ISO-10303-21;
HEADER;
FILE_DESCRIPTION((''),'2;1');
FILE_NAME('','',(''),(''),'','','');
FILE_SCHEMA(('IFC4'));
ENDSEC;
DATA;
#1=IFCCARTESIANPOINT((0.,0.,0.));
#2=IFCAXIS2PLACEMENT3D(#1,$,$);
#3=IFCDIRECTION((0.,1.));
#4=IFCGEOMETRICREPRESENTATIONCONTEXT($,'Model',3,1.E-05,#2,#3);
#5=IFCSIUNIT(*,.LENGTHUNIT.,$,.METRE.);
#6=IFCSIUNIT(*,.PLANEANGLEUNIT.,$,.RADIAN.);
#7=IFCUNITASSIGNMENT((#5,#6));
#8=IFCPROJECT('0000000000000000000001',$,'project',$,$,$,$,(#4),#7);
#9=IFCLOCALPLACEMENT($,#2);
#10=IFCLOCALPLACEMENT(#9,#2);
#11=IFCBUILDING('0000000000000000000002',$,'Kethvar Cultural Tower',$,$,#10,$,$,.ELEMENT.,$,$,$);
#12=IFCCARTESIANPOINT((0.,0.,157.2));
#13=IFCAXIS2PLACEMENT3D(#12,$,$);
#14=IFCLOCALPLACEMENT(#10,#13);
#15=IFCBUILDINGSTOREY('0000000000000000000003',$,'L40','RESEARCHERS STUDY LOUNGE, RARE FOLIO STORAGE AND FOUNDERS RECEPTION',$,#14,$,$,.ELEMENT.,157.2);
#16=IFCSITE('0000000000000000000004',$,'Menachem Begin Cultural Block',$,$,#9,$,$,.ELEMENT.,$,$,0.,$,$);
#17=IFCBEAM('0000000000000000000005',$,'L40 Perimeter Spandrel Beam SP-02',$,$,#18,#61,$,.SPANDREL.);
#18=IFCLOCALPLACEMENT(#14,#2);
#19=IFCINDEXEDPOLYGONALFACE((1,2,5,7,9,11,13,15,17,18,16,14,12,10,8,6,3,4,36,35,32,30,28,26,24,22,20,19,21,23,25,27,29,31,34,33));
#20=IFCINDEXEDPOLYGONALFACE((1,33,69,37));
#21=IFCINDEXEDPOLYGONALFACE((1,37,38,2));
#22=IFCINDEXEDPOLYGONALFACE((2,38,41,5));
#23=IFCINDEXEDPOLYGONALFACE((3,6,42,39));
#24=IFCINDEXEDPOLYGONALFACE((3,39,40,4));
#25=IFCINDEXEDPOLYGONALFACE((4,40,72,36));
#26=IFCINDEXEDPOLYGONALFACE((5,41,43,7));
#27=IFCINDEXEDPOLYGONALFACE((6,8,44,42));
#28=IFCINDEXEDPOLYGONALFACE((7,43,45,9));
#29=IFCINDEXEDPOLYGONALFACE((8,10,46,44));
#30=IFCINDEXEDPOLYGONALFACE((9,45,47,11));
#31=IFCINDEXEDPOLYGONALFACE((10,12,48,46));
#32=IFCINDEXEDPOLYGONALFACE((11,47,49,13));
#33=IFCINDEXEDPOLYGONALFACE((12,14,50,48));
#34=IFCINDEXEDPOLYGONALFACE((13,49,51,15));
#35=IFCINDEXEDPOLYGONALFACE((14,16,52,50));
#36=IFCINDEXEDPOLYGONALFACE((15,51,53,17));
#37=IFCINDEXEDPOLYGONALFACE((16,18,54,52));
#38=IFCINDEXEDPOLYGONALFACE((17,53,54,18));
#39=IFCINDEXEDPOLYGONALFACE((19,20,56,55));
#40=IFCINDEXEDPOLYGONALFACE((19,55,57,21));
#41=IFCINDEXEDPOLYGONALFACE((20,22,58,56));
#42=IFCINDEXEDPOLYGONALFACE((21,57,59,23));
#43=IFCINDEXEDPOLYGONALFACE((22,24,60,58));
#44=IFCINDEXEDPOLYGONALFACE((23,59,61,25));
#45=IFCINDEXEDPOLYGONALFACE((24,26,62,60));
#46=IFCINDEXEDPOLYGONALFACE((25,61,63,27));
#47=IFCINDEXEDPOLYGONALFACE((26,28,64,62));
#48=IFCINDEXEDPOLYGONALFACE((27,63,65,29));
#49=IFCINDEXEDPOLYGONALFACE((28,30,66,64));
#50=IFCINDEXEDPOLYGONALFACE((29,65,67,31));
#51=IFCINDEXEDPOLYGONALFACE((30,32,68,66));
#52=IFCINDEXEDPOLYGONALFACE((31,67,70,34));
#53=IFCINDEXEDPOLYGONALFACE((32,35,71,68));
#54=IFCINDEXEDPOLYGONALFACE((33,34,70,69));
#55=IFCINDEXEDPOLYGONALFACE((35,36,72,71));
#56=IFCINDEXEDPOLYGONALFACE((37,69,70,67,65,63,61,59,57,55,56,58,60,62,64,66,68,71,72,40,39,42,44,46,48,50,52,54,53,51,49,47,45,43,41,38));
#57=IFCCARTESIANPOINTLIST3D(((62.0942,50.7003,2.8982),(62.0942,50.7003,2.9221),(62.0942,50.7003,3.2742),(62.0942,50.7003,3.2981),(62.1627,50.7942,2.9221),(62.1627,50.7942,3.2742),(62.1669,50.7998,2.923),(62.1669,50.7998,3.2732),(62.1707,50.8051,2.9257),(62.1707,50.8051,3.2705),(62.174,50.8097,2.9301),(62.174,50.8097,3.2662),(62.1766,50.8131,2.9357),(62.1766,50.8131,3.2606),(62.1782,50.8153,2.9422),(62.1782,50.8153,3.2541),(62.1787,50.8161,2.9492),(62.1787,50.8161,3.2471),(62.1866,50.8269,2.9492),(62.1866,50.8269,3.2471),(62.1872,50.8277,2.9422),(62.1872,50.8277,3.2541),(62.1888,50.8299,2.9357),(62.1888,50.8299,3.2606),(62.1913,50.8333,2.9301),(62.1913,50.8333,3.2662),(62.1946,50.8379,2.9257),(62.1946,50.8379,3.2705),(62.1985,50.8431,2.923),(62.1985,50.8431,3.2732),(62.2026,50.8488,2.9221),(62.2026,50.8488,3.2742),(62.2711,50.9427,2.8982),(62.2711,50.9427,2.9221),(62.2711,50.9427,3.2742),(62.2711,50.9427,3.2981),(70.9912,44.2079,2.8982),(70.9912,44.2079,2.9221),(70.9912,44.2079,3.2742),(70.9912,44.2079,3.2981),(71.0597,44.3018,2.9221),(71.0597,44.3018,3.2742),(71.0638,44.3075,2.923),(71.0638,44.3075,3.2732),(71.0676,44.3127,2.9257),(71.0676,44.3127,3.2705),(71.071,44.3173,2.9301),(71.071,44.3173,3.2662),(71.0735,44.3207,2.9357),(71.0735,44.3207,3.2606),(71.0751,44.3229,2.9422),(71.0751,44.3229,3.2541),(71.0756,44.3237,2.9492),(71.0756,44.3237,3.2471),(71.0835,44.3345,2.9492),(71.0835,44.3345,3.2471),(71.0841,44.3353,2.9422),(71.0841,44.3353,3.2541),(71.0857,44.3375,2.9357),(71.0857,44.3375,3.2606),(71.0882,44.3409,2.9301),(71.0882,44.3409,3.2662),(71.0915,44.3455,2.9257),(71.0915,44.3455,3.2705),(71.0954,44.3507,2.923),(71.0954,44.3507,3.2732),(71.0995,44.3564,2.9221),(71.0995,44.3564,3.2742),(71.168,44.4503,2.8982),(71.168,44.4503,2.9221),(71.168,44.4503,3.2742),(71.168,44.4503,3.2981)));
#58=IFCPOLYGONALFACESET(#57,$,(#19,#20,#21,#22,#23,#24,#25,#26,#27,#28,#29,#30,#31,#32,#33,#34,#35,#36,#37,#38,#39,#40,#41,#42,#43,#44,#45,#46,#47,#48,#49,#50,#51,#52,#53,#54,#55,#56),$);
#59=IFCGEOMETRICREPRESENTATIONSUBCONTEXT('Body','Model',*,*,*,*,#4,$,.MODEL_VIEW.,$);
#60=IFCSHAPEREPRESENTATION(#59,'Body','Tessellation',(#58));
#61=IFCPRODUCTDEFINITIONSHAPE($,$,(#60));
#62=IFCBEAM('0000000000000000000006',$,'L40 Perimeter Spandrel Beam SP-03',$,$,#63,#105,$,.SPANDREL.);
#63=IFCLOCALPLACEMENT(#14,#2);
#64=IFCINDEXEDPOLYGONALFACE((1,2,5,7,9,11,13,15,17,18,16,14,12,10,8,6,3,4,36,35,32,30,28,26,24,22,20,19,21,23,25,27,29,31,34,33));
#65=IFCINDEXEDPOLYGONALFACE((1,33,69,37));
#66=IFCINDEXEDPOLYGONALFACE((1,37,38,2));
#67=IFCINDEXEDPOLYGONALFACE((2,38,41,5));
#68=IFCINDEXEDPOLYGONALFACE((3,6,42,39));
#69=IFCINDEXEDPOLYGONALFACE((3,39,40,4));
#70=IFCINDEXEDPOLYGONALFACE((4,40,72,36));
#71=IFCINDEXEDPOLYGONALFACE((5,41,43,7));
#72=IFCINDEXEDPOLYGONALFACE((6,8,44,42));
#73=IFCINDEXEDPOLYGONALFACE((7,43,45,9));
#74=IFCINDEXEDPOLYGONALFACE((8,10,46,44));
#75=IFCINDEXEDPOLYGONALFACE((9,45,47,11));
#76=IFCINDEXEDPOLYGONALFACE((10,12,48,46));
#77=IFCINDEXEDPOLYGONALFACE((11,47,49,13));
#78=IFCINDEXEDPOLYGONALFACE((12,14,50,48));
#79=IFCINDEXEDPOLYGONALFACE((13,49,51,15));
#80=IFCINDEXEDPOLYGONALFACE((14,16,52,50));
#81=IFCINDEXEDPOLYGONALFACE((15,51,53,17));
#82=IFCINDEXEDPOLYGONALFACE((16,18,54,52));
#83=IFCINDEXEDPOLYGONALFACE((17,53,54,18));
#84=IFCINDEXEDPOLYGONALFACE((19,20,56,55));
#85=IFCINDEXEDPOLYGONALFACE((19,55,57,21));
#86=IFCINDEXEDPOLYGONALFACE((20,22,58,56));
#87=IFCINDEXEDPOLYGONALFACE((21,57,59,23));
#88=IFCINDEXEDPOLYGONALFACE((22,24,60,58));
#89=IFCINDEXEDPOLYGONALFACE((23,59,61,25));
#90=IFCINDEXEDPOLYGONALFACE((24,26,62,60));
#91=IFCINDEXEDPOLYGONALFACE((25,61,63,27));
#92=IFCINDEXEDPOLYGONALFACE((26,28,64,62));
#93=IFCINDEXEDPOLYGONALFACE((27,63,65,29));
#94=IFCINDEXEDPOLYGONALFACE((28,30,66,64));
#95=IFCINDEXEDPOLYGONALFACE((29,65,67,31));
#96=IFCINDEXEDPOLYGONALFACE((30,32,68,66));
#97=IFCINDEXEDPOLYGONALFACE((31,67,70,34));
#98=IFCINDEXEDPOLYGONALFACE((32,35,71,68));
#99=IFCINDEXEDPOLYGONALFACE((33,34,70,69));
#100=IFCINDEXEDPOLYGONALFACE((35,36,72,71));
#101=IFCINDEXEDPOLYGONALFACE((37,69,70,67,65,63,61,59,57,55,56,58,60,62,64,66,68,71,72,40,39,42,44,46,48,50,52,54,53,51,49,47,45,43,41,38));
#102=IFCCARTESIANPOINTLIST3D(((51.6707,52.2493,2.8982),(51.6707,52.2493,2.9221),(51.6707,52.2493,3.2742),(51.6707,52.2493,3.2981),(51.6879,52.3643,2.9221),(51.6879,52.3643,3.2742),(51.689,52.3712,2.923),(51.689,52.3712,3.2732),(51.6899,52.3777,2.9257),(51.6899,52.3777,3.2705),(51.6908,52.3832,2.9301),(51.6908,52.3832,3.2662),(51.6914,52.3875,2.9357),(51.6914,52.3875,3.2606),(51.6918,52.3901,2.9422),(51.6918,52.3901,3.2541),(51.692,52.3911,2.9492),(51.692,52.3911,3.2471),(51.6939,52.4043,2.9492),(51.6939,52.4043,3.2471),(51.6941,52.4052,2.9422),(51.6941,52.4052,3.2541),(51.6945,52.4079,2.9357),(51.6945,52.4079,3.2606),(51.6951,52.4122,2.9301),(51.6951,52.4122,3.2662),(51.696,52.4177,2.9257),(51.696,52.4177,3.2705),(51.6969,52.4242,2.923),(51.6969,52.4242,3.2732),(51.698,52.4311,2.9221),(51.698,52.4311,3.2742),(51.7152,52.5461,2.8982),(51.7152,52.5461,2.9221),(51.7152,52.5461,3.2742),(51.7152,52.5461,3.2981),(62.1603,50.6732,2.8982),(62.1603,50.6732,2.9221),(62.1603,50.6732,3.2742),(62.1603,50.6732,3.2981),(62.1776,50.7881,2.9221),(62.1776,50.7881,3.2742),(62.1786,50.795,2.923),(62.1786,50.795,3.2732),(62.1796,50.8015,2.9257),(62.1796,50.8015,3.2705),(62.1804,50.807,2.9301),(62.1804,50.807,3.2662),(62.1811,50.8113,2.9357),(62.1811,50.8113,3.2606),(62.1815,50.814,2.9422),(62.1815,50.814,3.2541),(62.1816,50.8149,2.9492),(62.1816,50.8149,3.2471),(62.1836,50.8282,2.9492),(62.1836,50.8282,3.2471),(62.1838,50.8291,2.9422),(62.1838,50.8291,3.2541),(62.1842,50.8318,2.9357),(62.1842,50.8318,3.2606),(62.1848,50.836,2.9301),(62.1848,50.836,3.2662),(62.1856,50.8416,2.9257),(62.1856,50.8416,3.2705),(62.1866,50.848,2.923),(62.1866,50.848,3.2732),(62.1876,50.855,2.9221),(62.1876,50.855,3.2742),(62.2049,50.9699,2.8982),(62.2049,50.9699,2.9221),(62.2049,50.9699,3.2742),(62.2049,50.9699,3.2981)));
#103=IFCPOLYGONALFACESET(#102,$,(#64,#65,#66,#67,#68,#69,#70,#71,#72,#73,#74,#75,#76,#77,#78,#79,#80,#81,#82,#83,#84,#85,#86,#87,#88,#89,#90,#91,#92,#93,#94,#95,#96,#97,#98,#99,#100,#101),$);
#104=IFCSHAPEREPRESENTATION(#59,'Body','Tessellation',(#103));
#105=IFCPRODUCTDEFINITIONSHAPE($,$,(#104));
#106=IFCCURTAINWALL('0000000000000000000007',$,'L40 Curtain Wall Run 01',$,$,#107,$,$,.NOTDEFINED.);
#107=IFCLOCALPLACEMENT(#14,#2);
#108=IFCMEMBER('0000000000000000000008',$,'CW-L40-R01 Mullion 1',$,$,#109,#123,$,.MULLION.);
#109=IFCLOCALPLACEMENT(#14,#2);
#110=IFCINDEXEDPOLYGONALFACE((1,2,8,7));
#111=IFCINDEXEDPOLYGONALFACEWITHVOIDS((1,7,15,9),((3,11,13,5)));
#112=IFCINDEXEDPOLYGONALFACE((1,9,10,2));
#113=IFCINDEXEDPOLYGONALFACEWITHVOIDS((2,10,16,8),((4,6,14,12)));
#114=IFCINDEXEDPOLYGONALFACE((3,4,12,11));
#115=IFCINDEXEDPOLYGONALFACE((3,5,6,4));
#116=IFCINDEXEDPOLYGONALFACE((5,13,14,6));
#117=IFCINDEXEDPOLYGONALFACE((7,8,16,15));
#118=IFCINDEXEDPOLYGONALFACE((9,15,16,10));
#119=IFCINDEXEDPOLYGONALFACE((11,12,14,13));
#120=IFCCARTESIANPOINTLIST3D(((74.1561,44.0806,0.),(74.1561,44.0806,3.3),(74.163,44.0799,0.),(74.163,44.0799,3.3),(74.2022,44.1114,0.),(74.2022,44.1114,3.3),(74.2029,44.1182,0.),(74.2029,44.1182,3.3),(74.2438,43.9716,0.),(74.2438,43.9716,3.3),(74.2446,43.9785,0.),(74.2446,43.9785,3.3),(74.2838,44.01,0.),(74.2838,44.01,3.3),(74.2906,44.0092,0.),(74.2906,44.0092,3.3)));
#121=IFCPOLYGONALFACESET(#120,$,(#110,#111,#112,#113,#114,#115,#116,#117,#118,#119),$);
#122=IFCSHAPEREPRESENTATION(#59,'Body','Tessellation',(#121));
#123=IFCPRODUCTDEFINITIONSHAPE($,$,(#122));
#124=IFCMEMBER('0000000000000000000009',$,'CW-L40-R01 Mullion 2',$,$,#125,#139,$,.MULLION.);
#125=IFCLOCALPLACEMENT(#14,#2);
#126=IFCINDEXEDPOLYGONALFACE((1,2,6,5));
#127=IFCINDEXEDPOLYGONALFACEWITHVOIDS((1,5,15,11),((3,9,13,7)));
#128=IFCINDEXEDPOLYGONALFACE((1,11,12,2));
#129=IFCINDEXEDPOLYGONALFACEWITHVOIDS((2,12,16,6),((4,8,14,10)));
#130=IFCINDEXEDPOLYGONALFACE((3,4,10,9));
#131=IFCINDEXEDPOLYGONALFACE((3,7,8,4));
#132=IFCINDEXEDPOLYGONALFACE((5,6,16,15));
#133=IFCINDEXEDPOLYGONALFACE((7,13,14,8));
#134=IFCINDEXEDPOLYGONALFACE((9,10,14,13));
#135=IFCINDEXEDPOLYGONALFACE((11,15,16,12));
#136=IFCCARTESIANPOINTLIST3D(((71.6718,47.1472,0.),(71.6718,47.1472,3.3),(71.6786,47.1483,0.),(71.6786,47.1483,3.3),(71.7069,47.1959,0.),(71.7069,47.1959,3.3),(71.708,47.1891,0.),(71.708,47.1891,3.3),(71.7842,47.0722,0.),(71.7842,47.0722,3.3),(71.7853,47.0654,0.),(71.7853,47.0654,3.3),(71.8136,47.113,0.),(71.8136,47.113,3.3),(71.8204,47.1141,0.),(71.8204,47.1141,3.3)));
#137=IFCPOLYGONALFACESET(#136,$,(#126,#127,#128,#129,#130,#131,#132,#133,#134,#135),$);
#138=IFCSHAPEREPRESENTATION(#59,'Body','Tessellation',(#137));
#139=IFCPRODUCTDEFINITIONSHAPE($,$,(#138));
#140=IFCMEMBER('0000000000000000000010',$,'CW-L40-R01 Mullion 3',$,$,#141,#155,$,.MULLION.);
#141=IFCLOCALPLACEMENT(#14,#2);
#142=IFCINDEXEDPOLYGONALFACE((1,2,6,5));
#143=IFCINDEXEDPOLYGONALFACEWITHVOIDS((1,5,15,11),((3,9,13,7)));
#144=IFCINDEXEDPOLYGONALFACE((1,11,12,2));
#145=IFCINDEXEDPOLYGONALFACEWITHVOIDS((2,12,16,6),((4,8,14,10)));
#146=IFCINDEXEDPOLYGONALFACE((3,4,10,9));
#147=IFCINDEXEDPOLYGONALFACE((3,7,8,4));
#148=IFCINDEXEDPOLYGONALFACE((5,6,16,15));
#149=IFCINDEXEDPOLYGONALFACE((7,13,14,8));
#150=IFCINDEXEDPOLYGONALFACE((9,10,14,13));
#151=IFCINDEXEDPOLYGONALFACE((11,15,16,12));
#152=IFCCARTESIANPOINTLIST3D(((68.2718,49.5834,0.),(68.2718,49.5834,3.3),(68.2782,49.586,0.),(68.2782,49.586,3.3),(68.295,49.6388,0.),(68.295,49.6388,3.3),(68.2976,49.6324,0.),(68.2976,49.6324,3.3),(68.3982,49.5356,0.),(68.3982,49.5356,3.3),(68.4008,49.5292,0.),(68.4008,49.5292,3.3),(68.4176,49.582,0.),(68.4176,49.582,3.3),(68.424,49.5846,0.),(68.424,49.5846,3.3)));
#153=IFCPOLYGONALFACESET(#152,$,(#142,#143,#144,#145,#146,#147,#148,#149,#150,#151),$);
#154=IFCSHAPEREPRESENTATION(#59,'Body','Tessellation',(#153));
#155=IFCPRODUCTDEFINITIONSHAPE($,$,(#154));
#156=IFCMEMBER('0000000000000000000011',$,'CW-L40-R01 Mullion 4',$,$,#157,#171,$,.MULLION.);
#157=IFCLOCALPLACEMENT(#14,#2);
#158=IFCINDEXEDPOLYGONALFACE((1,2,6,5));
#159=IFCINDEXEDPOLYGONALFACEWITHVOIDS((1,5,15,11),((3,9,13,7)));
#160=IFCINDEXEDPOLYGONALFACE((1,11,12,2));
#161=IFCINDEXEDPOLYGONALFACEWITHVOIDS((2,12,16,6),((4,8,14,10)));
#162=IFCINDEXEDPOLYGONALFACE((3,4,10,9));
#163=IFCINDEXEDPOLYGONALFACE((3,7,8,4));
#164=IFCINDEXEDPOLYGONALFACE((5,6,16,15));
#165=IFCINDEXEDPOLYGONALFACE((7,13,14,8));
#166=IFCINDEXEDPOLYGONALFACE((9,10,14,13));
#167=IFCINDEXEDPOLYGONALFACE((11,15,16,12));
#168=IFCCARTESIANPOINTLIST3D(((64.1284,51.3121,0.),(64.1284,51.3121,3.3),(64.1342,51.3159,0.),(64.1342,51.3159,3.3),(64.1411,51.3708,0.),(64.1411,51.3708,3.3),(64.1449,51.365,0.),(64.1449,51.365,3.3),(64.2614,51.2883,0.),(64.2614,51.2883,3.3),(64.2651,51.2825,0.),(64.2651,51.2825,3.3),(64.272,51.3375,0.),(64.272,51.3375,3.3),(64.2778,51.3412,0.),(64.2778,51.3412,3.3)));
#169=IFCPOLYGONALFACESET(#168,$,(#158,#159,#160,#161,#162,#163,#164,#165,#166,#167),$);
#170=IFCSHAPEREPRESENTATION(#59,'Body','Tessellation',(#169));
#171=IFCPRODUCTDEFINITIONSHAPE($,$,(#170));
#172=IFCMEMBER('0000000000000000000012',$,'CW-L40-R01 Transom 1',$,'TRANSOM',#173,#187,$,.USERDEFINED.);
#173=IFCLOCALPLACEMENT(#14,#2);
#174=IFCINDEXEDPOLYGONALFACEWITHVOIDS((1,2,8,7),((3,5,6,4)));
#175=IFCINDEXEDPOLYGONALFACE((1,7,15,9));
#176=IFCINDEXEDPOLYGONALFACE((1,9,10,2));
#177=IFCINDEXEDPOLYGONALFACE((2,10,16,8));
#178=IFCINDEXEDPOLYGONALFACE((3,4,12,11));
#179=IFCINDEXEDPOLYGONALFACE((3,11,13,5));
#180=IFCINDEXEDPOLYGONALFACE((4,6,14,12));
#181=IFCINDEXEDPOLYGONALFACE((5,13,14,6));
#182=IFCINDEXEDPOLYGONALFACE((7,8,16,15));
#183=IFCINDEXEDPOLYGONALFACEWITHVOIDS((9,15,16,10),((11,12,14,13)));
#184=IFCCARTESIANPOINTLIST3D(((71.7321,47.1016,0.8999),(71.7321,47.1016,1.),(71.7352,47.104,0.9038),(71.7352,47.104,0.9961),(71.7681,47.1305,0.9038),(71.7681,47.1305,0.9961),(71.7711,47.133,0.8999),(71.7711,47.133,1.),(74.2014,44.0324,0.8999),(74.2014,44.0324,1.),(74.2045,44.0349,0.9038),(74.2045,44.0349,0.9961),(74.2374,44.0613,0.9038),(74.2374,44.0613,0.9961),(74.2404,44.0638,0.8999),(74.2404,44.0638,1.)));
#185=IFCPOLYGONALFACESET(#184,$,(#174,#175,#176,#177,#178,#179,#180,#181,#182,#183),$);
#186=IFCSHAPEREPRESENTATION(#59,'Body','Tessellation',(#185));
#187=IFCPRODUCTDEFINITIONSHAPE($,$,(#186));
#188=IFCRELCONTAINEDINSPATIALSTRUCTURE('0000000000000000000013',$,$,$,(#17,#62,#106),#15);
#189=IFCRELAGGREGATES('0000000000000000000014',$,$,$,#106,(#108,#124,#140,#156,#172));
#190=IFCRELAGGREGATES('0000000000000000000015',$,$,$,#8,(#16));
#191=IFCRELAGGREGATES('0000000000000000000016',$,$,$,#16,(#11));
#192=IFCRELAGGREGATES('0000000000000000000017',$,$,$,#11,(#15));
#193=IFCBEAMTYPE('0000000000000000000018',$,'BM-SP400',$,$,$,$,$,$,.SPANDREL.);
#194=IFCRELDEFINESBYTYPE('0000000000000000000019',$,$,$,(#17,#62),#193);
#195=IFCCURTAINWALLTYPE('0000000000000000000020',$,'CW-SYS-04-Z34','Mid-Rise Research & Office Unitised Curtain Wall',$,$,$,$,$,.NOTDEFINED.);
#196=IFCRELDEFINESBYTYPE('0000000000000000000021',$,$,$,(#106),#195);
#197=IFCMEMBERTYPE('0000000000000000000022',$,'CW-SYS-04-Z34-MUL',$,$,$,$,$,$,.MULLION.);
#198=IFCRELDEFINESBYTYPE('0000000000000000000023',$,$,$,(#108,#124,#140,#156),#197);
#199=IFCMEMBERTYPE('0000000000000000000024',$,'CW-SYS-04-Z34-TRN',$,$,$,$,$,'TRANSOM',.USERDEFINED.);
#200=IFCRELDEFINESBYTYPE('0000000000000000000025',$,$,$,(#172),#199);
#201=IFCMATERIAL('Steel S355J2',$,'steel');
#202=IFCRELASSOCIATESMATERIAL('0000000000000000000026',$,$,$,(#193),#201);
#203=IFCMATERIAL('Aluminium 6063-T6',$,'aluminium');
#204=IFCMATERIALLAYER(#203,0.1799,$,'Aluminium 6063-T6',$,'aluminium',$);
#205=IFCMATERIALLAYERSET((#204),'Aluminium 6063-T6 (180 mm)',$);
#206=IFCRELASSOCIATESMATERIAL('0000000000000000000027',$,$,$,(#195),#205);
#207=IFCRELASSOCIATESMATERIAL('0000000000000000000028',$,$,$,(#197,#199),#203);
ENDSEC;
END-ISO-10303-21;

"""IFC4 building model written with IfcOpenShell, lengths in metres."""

from ifc_helpers import new_model, si_unit, direction, frame, origin, origin_2d, place, context, subcontext, project, spatial, hollow_rectangle, i_section, extrude, source, transform, mapped, material, layer, layer_set, material_profile, profile_set, type_object, element, aggregate, save


model = new_model("IFC4")

# Units and contexts
model_context = context("Model", 3, precision=1e-05, world=origin(), true_north=direction((0.0, 1.0)))
body_context = subcontext(model_context, "Body", "Model", "MODEL_VIEW")
ifc_project = project(units=[si_unit("LENGTHUNIT", "METRE"), si_unit("PLANEANGLEUNIT", "RADIAN")], contexts=[model_context])

# Site, building, storey
site_placement = place(None, origin())
site = spatial("IfcSite", under=ifc_project, at=site_placement, Name="Menachem Begin Cultural Block", CompositionType="ELEMENT", RefElevation=0.0)
building_placement = place(site_placement, origin())
building = spatial("IfcBuilding", under=site, at=building_placement, Name="Kethvar Cultural Tower", CompositionType="ELEMENT")
storey_placement = place(building_placement, frame((0.0, 0.0, 157.2)))
storey = spatial("IfcBuildingStorey", under=building, at=storey_placement, Name="L40", Description="RESEARCHERS STUDY LOUNGE, RARE FOLIO STORAGE AND FOUNDERS RECEPTION", CompositionType="ELEMENT", Elevation=157.2)

# Beams
ifc_material_1 = material(Name="Steel S355J2", Category="steel")
ifc_material_profile_1 = material_profile(ifc_material_1, i_section(OverallWidth=0.3, OverallDepth=0.3999, WebThickness=0.0134, FlangeThickness=0.0239, FilletRadius=0.0271, at=origin_2d()), Name="Steel S355J2 — HEB400")
ifc_profile_set_1 = profile_set([ifc_material_profile_1], Name="Steel S355J2 — HEB400")
beam_type_1 = type_object("IfcBeamType", Name="BM-SP400", PredefinedType="SPANDREL", material=ifc_profile_set_1)
shared_shape_1 = source(origin(), body_context, "Body", "SweptSolid", [
    extrude(i_section(OverallWidth=0.3, OverallDepth=0.3999, WebThickness=0.0134, FlangeThickness=0.0239, FilletRadius=0.0271, at=origin_2d()), origin(), (0.0, 0.0, 1.0), 11.0139),
])
beam_1_placement = place(storey_placement, frame((71.0796, 44.3291, 3.0981), z_axis=(-0.807789, 0.589472, 0.0), x_axis=(-0.589472, -0.807789, 0.0)))
element("IfcBeam", 1, at=beam_1_placement, inside=storey, type_object=beam_type_1, Name="L40 Perimeter Spandrel Beam SP-02", PredefinedType="SPANDREL", context=body_context, shape_type="MappedRepresentation", body=[
    mapped(shared_shape_1, transform((0.0, 0.0, 0.0), scale=1.0)),
])
shared_shape_2 = source(origin(), body_context, "Body", "SweptSolid", [
    extrude(i_section(OverallWidth=0.3, OverallDepth=0.3999, WebThickness=0.0134, FlangeThickness=0.0239, FilletRadius=0.0271, at=origin_2d()), origin(), (0.0, 0.0, 1.0), 10.6074),
])
beam_2_placement = place(storey_placement, frame((62.1826, 50.8215, 3.0981), z_axis=(-0.988899, 0.14859, 0.0), x_axis=(-0.14859, -0.988899, 0.0)))
element("IfcBeam", 2, at=beam_2_placement, inside=storey, type_object=beam_type_1, Name="L40 Perimeter Spandrel Beam SP-03", PredefinedType="SPANDREL", context=body_context, shape_type="MappedRepresentation", body=[
    mapped(shared_shape_2, transform((0.0, 0.0, 0.0), scale=1.0)),
])

# Curtain wall, members
ifc_material_2 = material(Name="Aluminium 6063-T6", Category="aluminium")
ifc_layer_1 = layer(ifc_material_2, 0.1799, Name="Aluminium 6063-T6", Category="aluminium")
ifc_layer_set_1 = layer_set([ifc_layer_1], Name="Aluminium 6063-T6 (180 mm)")
curtain_wall_type = type_object("IfcCurtainWallType", Name="CW-SYS-04-Z34", Description="Mid-Rise Research & Office Unitised Curtain Wall", PredefinedType="NOTDEFINED", material=ifc_layer_set_1)
curtain_wall_placement = place(storey_placement, origin())
curtain_wall = element("IfcCurtainWall", 3, at=curtain_wall_placement, inside=storey, type_object=curtain_wall_type, Name="L40 Curtain Wall Run 01", PredefinedType="NOTDEFINED")
ifc_material_profile_2 = material_profile(ifc_material_2, hollow_rectangle(XDim=0.0601, YDim=0.1399, WallThickness=0.0049, at=origin_2d()), Name="Aluminium 6063-T6 — RHS140x60x5")
ifc_profile_set_2 = profile_set([ifc_material_profile_2], Name="Aluminium 6063-T6 — RHS140x60x5")
member_type_1 = type_object("IfcMemberType", Name="CW-SYS-04-Z34-MUL", PredefinedType="MULLION", material=ifc_profile_set_2)
shared_shape_3 = source(origin(), body_context, "Body", "SweptSolid", [
    extrude(hollow_rectangle(XDim=0.0601, YDim=0.1399, WallThickness=0.0049, at=origin_2d()), origin(), (0.0, 0.0, 1.0), 3.3),
])
member_1_placement = place(storey_placement, frame((74.2234, 44.0449, 0.0), z_axis=(0.0, 0.0, 1.0), x_axis=(-0.779141, -0.626849, 0.0)))
member_1 = element("IfcMember", 4, at=member_1_placement, type_object=member_type_1, Name="CW-L40-R01 Mullion 1", PredefinedType="MULLION", context=body_context, shape_type="MappedRepresentation", body=[
    mapped(shared_shape_3, transform((0.0, 0.0, 0.0), scale=1.0)),
])
member_2_placement = place(storey_placement, frame((71.7461, 47.1306, 0.0), z_axis=(0.0, 0.0, 1.0), x_axis=(-0.584816, -0.811166, 0.0)))
member_2 = element("IfcMember", 5, at=member_2_placement, type_object=member_type_1, Name="CW-L40-R01 Mullion 2", PredefinedType="MULLION", context=body_context, shape_type="MappedRepresentation", body=[
    mapped(shared_shape_3, transform((0.0, 0.0, 0.0), scale=1.0)),
])
member_3_placement = place(storey_placement, frame((68.3479, 49.584, 0.0), z_axis=(0.0, 0.0, 1.0), x_axis=(-0.387194, -0.921998, 0.0)))
member_3 = element("IfcMember", 6, at=member_3_placement, type_object=member_type_1, Name="CW-L40-R01 Mullion 3", PredefinedType="MULLION", context=body_context, shape_type="MappedRepresentation", body=[
    mapped(shared_shape_3, transform((0.0, 0.0, 0.0), scale=1.0)),
])
member_4_placement = place(storey_placement, frame((64.2031, 51.3267, 0.0), z_axis=(0.0, 0.0, 1.0), x_axis=(-0.211632, -0.977349, 0.0)))
member_4 = element("IfcMember", 7, at=member_4_placement, type_object=member_type_1, Name="CW-L40-R01 Mullion 4", PredefinedType="MULLION", context=body_context, shape_type="MappedRepresentation", body=[
    mapped(shared_shape_3, transform((0.0, 0.0, 0.0), scale=1.0)),
])
ifc_material_profile_3 = material_profile(ifc_material_2, hollow_rectangle(XDim=0.05, YDim=0.1001, WallThickness=0.0039, at=origin_2d()), Name="Aluminium 6063-T6 — RHS100x50x4")
ifc_profile_set_3 = profile_set([ifc_material_profile_3], Name="Aluminium 6063-T6 — RHS100x50x4")
member_type_2 = type_object("IfcMemberType", Name="CW-SYS-04-Z34-TRN", ElementType="TRANSOM", PredefinedType="USERDEFINED", material=ifc_profile_set_3)
shared_shape_4 = source(origin(), body_context, "Body", "SweptSolid", [
    extrude(hollow_rectangle(XDim=0.05, YDim=0.1001, WallThickness=0.0039, at=origin_2d()), origin(), (0.0, 0.0, 1.0), 3.9392),
])
member_5_placement = place(storey_placement, frame((74.2209, 44.0481, 0.95), z_axis=(-0.626854, 0.779136, 0.0), x_axis=(-0.779136, -0.626854, 0.0)))
member_5 = element("IfcMember", 8, at=member_5_placement, type_object=member_type_2, Name="CW-L40-R01 Transom 1", ObjectType="TRANSOM", PredefinedType="USERDEFINED", context=body_context, shape_type="MappedRepresentation", body=[
    mapped(shared_shape_4, transform((0.0, 0.0, 0.0), scale=1.0)),
])
aggregate(curtain_wall, [member_1, member_2, member_3, member_4, member_5])

save(model, "model.ifc")
